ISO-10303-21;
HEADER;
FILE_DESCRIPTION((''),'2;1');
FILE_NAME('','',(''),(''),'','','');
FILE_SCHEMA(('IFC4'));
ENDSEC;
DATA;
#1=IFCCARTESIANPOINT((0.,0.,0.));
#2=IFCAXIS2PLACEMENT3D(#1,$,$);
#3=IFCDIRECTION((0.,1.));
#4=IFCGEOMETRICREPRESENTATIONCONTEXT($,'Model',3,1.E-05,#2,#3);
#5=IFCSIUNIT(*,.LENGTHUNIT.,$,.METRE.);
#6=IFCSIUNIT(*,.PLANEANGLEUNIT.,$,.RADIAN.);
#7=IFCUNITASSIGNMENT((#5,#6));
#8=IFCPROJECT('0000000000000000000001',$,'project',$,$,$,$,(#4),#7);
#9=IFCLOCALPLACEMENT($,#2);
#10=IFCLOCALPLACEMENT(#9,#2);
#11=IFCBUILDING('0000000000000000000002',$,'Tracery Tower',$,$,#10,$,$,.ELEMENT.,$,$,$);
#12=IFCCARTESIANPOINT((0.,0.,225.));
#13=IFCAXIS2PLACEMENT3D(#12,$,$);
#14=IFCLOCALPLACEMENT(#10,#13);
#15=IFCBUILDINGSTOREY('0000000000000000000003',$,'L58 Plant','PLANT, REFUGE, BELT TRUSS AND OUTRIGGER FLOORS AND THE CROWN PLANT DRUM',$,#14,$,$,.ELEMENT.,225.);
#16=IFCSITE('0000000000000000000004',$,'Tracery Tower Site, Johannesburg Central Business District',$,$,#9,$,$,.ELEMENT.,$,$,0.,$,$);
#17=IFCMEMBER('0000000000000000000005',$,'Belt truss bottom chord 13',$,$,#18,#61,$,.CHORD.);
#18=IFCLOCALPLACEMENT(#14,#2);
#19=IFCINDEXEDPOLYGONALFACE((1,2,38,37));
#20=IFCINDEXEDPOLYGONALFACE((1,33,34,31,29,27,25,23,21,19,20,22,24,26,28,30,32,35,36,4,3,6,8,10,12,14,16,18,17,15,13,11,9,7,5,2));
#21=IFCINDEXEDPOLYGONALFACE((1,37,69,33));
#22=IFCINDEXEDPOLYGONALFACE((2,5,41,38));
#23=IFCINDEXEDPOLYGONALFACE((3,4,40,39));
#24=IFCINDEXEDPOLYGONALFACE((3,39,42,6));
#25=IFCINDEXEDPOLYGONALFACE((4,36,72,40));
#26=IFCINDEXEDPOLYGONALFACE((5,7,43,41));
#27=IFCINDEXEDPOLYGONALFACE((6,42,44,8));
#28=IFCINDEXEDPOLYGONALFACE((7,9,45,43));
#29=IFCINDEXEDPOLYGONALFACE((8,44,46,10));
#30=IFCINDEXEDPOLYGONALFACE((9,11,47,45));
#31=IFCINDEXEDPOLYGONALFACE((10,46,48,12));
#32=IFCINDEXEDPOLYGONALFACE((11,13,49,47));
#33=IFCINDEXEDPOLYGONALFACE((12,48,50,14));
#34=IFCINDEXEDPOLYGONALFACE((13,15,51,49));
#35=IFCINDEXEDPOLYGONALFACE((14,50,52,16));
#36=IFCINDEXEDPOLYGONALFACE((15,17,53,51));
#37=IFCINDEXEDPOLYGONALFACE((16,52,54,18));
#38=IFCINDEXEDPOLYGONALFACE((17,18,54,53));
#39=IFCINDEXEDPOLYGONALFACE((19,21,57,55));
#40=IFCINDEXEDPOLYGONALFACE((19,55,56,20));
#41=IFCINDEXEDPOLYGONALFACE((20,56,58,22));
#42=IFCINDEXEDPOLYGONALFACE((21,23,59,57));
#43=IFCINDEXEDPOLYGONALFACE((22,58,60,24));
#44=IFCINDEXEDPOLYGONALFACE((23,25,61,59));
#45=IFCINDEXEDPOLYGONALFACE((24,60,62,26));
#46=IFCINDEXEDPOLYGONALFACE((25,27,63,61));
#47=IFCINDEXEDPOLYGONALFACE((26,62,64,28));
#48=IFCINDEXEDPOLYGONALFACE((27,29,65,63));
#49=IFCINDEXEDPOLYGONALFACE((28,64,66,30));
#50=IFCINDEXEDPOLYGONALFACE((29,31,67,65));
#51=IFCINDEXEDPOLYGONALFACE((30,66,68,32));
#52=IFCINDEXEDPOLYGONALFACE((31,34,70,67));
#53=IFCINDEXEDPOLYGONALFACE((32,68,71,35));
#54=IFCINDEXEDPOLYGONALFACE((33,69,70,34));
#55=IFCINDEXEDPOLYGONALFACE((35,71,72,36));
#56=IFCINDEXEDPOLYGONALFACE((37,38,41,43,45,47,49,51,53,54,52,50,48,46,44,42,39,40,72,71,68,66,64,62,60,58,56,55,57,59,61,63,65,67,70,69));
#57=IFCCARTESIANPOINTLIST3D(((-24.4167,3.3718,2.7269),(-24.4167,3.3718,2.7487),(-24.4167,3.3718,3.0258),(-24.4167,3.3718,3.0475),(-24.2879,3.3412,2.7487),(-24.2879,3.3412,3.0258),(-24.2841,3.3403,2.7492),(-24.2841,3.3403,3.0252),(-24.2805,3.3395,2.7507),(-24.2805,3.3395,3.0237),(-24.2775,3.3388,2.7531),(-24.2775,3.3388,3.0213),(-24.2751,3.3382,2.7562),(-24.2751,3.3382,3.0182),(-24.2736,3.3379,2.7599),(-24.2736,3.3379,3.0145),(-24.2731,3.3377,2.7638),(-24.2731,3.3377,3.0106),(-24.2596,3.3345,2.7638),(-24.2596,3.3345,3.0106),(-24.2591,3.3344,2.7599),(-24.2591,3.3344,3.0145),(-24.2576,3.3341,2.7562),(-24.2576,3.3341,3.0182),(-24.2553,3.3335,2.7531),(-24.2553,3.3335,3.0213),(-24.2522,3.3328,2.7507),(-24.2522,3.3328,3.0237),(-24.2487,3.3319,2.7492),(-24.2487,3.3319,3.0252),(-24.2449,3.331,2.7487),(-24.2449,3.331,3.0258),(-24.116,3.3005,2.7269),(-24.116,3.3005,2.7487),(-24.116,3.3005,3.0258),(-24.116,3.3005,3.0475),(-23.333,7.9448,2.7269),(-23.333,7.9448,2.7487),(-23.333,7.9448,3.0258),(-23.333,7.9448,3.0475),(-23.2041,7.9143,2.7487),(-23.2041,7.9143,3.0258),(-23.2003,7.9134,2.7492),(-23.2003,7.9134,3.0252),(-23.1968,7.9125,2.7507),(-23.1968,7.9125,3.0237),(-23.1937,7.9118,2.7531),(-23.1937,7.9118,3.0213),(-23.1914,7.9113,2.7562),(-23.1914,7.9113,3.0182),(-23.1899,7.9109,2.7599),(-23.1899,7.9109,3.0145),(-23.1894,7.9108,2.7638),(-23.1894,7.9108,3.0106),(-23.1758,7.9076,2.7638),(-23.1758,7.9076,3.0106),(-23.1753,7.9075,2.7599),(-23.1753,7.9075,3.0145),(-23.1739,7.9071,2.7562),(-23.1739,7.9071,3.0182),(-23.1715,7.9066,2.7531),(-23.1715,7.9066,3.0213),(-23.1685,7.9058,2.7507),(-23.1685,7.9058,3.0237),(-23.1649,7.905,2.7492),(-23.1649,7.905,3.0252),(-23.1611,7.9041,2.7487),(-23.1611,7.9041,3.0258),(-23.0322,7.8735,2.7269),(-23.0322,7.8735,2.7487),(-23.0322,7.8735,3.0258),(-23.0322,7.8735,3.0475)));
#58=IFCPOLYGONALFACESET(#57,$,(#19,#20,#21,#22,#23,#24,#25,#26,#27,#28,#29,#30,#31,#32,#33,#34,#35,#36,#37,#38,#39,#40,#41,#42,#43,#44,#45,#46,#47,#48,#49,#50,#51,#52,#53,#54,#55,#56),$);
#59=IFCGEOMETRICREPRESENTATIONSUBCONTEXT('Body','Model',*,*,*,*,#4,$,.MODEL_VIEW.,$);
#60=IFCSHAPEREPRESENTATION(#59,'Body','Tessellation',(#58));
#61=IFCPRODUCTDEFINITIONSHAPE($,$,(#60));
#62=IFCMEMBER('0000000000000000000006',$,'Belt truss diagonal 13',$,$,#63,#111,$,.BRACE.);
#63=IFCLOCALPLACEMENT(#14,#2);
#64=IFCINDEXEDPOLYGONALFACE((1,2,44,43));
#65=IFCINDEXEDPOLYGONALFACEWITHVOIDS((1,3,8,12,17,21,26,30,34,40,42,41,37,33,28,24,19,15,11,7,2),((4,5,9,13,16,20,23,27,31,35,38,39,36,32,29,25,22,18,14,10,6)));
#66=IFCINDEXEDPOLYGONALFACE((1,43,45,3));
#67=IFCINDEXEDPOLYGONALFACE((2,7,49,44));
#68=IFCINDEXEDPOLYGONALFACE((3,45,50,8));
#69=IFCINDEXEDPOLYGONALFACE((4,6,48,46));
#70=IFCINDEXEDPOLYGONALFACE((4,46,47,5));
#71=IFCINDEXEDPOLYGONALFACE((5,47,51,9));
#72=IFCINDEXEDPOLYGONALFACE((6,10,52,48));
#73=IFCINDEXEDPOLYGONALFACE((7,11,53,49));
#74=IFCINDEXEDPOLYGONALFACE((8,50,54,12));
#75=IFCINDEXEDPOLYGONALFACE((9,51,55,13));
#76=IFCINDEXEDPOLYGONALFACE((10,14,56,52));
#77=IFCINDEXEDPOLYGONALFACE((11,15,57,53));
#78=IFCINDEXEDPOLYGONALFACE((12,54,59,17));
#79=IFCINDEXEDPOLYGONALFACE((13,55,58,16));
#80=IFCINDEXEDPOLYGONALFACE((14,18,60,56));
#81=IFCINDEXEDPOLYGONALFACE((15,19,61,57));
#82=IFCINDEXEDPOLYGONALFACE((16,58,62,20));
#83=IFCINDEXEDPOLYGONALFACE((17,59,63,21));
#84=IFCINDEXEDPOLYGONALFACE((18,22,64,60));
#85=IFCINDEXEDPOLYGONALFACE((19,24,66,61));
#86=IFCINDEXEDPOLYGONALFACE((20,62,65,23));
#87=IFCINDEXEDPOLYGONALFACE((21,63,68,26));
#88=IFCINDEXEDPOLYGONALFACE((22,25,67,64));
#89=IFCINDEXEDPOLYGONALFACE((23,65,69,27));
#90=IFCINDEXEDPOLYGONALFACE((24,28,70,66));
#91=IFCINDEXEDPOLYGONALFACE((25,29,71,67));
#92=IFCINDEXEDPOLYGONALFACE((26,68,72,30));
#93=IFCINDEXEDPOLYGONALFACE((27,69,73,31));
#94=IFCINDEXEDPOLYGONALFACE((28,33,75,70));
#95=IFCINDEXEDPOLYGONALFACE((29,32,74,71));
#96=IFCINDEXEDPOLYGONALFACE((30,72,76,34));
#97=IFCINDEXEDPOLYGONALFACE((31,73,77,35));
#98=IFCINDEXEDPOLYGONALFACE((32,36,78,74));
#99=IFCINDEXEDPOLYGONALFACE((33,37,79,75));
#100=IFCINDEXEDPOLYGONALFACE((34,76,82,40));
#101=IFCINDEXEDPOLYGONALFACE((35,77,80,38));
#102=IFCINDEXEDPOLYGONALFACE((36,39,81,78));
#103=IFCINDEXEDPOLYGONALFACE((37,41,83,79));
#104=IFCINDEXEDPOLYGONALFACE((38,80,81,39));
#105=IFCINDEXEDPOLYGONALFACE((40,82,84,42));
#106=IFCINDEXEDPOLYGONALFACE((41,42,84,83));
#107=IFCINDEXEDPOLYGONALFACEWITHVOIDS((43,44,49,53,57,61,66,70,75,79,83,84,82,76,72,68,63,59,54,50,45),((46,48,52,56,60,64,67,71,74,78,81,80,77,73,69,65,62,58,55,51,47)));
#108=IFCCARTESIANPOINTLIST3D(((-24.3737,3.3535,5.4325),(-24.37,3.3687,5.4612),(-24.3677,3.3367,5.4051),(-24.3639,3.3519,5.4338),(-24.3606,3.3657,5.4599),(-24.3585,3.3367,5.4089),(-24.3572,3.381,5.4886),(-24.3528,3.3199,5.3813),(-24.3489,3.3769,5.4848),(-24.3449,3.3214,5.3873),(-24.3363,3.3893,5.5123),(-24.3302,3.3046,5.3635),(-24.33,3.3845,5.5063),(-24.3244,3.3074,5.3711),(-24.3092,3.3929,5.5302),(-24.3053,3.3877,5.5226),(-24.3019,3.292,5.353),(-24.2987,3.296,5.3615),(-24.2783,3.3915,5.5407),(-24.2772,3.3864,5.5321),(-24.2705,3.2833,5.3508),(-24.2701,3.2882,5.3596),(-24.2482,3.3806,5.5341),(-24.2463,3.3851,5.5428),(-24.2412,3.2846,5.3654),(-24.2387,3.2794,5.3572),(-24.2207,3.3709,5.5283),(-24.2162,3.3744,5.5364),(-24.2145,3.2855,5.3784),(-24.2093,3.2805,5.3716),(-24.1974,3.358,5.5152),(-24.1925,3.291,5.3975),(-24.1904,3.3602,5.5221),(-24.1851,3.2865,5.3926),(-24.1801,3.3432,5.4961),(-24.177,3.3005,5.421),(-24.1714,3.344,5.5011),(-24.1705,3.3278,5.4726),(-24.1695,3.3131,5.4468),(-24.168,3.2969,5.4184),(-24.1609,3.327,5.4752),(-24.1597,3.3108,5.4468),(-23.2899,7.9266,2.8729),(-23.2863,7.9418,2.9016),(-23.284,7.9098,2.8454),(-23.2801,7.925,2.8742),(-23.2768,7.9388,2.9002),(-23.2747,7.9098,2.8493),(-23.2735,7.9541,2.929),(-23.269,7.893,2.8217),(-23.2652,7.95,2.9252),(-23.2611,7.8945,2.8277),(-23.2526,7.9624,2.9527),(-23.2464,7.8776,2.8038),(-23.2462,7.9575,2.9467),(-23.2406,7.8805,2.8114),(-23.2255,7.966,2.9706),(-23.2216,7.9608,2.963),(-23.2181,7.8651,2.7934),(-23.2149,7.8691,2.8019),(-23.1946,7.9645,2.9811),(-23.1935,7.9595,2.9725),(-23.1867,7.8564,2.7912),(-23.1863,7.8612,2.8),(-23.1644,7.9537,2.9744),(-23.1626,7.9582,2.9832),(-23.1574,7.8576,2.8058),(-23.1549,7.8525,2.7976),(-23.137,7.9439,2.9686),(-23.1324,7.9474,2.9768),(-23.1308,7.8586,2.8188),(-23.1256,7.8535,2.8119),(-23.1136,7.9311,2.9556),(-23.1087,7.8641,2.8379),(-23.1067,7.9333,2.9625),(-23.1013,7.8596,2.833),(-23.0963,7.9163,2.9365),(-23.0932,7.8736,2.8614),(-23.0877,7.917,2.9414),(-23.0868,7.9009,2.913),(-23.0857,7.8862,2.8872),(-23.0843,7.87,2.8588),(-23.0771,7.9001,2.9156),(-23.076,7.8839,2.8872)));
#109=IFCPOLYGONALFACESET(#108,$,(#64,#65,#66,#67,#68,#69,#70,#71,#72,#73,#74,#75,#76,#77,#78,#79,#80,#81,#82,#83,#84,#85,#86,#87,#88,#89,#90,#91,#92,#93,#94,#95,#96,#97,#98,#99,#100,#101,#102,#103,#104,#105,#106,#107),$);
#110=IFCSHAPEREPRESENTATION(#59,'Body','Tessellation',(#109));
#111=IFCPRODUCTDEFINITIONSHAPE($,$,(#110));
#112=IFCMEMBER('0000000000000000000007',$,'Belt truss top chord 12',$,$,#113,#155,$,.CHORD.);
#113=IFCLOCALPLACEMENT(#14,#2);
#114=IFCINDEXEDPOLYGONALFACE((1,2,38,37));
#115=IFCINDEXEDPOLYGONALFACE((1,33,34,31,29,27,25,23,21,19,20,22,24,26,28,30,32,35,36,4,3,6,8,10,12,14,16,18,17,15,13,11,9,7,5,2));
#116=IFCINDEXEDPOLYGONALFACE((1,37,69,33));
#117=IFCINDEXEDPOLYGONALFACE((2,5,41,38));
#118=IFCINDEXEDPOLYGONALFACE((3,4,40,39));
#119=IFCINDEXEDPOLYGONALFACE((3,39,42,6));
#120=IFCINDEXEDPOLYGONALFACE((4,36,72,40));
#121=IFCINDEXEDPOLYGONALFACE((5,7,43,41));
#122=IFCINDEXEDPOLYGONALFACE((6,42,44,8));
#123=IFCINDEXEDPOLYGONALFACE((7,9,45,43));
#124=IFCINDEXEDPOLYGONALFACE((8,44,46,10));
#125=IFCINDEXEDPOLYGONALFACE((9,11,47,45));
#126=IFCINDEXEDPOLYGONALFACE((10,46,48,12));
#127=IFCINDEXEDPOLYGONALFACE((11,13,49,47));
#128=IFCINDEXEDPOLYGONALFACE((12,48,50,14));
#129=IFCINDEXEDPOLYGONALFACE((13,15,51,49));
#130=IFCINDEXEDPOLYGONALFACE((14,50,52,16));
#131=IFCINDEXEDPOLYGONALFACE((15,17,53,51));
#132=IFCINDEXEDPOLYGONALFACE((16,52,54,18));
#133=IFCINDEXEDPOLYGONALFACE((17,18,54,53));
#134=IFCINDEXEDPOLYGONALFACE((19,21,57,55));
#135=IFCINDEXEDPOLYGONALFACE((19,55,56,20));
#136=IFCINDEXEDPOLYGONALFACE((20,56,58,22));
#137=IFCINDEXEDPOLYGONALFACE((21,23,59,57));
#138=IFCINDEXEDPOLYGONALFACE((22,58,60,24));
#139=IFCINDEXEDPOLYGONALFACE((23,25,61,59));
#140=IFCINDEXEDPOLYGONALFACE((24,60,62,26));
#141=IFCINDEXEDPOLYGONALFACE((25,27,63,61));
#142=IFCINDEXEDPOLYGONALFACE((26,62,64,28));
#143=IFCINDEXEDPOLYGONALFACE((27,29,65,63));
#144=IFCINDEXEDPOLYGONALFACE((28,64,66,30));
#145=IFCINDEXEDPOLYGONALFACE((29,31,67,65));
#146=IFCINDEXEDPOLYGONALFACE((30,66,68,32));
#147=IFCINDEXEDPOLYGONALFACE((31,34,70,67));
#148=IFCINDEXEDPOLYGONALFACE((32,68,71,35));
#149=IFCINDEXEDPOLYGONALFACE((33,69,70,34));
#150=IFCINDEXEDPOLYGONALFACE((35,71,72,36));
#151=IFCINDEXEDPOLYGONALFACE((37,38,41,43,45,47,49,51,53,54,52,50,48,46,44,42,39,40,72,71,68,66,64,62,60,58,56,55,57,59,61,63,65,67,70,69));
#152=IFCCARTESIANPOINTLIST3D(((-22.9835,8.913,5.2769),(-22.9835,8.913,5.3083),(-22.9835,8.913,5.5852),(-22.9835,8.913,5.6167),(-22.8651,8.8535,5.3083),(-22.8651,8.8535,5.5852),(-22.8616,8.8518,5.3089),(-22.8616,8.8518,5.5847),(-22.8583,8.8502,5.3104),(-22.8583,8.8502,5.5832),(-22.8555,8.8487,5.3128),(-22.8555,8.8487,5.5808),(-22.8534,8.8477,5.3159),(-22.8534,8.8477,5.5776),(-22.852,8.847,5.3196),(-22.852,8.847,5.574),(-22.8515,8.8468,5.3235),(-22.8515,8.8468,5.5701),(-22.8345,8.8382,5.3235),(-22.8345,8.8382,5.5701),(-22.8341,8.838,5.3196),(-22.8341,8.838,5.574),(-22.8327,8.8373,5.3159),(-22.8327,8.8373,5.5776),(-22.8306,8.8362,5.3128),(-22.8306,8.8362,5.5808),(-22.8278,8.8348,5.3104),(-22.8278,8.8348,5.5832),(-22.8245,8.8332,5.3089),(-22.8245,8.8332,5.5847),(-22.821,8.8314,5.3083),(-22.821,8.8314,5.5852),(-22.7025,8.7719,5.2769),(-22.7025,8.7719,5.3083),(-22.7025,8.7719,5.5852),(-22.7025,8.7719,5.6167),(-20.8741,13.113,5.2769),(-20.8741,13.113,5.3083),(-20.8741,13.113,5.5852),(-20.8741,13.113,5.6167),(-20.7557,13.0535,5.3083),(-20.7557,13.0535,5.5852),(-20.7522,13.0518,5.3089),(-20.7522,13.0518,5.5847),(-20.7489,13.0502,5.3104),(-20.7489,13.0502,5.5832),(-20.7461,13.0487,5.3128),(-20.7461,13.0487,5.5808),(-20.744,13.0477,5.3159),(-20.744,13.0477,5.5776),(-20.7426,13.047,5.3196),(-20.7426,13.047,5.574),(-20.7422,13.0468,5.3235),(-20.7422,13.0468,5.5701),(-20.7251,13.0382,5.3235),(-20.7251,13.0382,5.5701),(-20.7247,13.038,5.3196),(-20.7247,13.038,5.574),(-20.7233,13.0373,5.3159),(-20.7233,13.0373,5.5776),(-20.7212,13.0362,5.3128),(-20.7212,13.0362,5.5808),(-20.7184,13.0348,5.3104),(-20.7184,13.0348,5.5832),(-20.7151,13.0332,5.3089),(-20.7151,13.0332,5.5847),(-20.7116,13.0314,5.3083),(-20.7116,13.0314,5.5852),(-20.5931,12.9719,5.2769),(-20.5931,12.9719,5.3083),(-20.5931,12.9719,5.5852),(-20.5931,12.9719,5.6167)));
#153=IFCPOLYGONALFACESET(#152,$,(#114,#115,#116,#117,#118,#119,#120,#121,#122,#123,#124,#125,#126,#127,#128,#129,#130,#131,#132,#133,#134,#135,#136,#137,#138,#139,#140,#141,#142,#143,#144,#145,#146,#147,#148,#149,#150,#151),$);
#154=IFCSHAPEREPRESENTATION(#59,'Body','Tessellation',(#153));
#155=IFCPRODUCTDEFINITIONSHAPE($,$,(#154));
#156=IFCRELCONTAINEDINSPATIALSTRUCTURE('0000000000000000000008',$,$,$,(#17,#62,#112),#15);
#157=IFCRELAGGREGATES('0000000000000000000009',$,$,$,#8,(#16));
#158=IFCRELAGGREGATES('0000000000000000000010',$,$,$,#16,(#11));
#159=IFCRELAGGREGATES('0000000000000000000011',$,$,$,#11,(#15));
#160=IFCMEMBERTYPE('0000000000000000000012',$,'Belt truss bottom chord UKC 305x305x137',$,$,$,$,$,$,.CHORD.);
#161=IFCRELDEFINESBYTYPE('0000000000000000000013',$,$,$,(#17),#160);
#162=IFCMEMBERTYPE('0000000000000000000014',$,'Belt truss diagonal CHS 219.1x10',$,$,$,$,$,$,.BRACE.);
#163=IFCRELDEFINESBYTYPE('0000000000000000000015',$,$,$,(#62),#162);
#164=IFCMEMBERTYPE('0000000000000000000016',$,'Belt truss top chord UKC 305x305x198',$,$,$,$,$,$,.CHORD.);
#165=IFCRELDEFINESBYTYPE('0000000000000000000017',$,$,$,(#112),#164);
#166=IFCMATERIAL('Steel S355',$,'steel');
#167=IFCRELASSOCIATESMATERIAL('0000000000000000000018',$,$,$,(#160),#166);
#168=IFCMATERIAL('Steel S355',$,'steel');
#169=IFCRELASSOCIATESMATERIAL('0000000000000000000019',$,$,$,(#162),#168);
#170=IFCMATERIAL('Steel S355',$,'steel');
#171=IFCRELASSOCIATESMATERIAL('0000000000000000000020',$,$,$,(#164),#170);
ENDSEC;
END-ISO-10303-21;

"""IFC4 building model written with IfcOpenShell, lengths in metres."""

from ifc_helpers import new_model, si_unit, direction, frame, origin, origin_2d, place, context, subcontext, project, spatial, hollow_circle, i_section, extrude, material, material_profile, profile_set, type_object, element, save


model = new_model("IFC4")

# Units and contexts
model_context = context("Model", 3, precision=1e-05, world=origin(), true_north=direction((0.0, 1.0)))
body_context = subcontext(model_context, "Body", "Model", "MODEL_VIEW")
ifc_project = project(units=[si_unit("LENGTHUNIT", "METRE"), si_unit("PLANEANGLEUNIT", "RADIAN")], contexts=[model_context])

# Site, building, storey
site_placement = place(None, origin())
site = spatial("IfcSite", under=ifc_project, at=site_placement, Name="Tracery Tower Site, Johannesburg Central Business District", CompositionType="ELEMENT", RefElevation=0.0)
building_placement = place(site_placement, origin())
building = spatial("IfcBuilding", under=site, at=building_placement, Name="Tracery Tower", CompositionType="ELEMENT")
storey_placement = place(building_placement, frame((0.0, 0.0, 225.0)))
storey = spatial("IfcBuildingStorey", under=building, at=storey_placement, Name="L58 Plant", Description="PLANT, REFUGE, BELT TRUSS AND OUTRIGGER FLOORS AND THE CROWN PLANT DRUM", CompositionType="ELEMENT", Elevation=225.0)

# Members
ifc_material_1 = material(Name="Steel S355", Category="steel")
ifc_material_profile_1 = material_profile(ifc_material_1, i_section(OverallWidth=0.3091, OverallDepth=0.3206, WebThickness=0.0139, FlangeThickness=0.0217, FilletRadius=0.0151, at=origin_2d()), Name="UKC 305x305x137")
ifc_profile_set_1 = profile_set([ifc_material_profile_1], Name="Steel S355")
member_type_1 = type_object("IfcMemberType", Name="Belt truss bottom chord UKC 305x305x137", PredefinedType="CHORD", material=ifc_profile_set_1)
member_1_placement = place(storey_placement, frame((-23.1826, 7.9092, 2.8872), z_axis=(-0.2306, -0.973049, 0.0), x_axis=(0.973049, -0.2306, 0.0)))
element("IfcMember", 1, at=member_1_placement, inside=storey, type_object=member_type_1, Name="Belt truss bottom chord 13", PredefinedType="CHORD", context=body_context, shape_type="SweptSolid", body=[
    extrude(i_section(OverallWidth=0.3091, OverallDepth=0.3206, WebThickness=0.0139, FlangeThickness=0.0217, FilletRadius=0.0151, at=origin_2d()), origin(), (0.0, 0.0, 1.0), 4.6997),
])
ifc_material_2 = material(Name="Steel S355", Category="steel")
ifc_material_profile_2 = material_profile(ifc_material_2, hollow_circle(Radius=0.1096, WallThickness=0.01, at=origin_2d()), Name="CHS 219.1x10")
ifc_profile_set_2 = profile_set([ifc_material_profile_2], Name="Steel S355")
member_type_2 = type_object("IfcMemberType", Name="Belt truss diagonal CHS 219.1x10", PredefinedType="BRACE", material=ifc_profile_set_2)
member_2_placement = place(storey_placement, frame((-23.1826, 7.9092, 2.8872), z_axis=(-0.202513, -0.854532, 0.478293), x_axis=(0.973049, -0.2306, 0.0)))
element("IfcMember", 2, at=member_2_placement, inside=storey, type_object=member_type_2, Name="Belt truss diagonal 13", PredefinedType="BRACE", context=body_context, shape_type="SweptSolid", body=[
    extrude(hollow_circle(Radius=0.1096, WallThickness=0.01, at=origin_2d()), origin(), (0.0, 0.0, 1.0), 5.3516),
])
ifc_material_3 = material(Name="Steel S355", Category="steel")
ifc_material_profile_3 = material_profile(ifc_material_3, i_section(OverallWidth=0.3145, OverallDepth=0.3398, WebThickness=0.019, FlangeThickness=0.0315, FilletRadius=0.0151, at=origin_2d()), Name="UKC 305x305x198")
ifc_profile_set_3 = profile_set([ifc_material_profile_3], Name="Steel S355")
member_type_3 = type_object("IfcMemberType", Name="Belt truss top chord UKC 305x305x198", PredefinedType="CHORD", material=ifc_profile_set_3)
member_3_placement = place(storey_placement, frame((-20.7336, 13.0425, 5.4468), z_axis=(-0.448813, -0.893626, 0.0), x_axis=(0.893626, -0.448813, 0.0)))
element("IfcMember", 3, at=member_3_placement, inside=storey, type_object=member_type_3, Name="Belt truss top chord 12", PredefinedType="CHORD", context=body_context, shape_type="SweptSolid", body=[
    extrude(i_section(OverallWidth=0.3145, OverallDepth=0.3398, WebThickness=0.019, FlangeThickness=0.0315, FilletRadius=0.0151, at=origin_2d()), origin(), (0.0, 0.0, 1.0), 4.7),
])

save(model, "model.ifc")
